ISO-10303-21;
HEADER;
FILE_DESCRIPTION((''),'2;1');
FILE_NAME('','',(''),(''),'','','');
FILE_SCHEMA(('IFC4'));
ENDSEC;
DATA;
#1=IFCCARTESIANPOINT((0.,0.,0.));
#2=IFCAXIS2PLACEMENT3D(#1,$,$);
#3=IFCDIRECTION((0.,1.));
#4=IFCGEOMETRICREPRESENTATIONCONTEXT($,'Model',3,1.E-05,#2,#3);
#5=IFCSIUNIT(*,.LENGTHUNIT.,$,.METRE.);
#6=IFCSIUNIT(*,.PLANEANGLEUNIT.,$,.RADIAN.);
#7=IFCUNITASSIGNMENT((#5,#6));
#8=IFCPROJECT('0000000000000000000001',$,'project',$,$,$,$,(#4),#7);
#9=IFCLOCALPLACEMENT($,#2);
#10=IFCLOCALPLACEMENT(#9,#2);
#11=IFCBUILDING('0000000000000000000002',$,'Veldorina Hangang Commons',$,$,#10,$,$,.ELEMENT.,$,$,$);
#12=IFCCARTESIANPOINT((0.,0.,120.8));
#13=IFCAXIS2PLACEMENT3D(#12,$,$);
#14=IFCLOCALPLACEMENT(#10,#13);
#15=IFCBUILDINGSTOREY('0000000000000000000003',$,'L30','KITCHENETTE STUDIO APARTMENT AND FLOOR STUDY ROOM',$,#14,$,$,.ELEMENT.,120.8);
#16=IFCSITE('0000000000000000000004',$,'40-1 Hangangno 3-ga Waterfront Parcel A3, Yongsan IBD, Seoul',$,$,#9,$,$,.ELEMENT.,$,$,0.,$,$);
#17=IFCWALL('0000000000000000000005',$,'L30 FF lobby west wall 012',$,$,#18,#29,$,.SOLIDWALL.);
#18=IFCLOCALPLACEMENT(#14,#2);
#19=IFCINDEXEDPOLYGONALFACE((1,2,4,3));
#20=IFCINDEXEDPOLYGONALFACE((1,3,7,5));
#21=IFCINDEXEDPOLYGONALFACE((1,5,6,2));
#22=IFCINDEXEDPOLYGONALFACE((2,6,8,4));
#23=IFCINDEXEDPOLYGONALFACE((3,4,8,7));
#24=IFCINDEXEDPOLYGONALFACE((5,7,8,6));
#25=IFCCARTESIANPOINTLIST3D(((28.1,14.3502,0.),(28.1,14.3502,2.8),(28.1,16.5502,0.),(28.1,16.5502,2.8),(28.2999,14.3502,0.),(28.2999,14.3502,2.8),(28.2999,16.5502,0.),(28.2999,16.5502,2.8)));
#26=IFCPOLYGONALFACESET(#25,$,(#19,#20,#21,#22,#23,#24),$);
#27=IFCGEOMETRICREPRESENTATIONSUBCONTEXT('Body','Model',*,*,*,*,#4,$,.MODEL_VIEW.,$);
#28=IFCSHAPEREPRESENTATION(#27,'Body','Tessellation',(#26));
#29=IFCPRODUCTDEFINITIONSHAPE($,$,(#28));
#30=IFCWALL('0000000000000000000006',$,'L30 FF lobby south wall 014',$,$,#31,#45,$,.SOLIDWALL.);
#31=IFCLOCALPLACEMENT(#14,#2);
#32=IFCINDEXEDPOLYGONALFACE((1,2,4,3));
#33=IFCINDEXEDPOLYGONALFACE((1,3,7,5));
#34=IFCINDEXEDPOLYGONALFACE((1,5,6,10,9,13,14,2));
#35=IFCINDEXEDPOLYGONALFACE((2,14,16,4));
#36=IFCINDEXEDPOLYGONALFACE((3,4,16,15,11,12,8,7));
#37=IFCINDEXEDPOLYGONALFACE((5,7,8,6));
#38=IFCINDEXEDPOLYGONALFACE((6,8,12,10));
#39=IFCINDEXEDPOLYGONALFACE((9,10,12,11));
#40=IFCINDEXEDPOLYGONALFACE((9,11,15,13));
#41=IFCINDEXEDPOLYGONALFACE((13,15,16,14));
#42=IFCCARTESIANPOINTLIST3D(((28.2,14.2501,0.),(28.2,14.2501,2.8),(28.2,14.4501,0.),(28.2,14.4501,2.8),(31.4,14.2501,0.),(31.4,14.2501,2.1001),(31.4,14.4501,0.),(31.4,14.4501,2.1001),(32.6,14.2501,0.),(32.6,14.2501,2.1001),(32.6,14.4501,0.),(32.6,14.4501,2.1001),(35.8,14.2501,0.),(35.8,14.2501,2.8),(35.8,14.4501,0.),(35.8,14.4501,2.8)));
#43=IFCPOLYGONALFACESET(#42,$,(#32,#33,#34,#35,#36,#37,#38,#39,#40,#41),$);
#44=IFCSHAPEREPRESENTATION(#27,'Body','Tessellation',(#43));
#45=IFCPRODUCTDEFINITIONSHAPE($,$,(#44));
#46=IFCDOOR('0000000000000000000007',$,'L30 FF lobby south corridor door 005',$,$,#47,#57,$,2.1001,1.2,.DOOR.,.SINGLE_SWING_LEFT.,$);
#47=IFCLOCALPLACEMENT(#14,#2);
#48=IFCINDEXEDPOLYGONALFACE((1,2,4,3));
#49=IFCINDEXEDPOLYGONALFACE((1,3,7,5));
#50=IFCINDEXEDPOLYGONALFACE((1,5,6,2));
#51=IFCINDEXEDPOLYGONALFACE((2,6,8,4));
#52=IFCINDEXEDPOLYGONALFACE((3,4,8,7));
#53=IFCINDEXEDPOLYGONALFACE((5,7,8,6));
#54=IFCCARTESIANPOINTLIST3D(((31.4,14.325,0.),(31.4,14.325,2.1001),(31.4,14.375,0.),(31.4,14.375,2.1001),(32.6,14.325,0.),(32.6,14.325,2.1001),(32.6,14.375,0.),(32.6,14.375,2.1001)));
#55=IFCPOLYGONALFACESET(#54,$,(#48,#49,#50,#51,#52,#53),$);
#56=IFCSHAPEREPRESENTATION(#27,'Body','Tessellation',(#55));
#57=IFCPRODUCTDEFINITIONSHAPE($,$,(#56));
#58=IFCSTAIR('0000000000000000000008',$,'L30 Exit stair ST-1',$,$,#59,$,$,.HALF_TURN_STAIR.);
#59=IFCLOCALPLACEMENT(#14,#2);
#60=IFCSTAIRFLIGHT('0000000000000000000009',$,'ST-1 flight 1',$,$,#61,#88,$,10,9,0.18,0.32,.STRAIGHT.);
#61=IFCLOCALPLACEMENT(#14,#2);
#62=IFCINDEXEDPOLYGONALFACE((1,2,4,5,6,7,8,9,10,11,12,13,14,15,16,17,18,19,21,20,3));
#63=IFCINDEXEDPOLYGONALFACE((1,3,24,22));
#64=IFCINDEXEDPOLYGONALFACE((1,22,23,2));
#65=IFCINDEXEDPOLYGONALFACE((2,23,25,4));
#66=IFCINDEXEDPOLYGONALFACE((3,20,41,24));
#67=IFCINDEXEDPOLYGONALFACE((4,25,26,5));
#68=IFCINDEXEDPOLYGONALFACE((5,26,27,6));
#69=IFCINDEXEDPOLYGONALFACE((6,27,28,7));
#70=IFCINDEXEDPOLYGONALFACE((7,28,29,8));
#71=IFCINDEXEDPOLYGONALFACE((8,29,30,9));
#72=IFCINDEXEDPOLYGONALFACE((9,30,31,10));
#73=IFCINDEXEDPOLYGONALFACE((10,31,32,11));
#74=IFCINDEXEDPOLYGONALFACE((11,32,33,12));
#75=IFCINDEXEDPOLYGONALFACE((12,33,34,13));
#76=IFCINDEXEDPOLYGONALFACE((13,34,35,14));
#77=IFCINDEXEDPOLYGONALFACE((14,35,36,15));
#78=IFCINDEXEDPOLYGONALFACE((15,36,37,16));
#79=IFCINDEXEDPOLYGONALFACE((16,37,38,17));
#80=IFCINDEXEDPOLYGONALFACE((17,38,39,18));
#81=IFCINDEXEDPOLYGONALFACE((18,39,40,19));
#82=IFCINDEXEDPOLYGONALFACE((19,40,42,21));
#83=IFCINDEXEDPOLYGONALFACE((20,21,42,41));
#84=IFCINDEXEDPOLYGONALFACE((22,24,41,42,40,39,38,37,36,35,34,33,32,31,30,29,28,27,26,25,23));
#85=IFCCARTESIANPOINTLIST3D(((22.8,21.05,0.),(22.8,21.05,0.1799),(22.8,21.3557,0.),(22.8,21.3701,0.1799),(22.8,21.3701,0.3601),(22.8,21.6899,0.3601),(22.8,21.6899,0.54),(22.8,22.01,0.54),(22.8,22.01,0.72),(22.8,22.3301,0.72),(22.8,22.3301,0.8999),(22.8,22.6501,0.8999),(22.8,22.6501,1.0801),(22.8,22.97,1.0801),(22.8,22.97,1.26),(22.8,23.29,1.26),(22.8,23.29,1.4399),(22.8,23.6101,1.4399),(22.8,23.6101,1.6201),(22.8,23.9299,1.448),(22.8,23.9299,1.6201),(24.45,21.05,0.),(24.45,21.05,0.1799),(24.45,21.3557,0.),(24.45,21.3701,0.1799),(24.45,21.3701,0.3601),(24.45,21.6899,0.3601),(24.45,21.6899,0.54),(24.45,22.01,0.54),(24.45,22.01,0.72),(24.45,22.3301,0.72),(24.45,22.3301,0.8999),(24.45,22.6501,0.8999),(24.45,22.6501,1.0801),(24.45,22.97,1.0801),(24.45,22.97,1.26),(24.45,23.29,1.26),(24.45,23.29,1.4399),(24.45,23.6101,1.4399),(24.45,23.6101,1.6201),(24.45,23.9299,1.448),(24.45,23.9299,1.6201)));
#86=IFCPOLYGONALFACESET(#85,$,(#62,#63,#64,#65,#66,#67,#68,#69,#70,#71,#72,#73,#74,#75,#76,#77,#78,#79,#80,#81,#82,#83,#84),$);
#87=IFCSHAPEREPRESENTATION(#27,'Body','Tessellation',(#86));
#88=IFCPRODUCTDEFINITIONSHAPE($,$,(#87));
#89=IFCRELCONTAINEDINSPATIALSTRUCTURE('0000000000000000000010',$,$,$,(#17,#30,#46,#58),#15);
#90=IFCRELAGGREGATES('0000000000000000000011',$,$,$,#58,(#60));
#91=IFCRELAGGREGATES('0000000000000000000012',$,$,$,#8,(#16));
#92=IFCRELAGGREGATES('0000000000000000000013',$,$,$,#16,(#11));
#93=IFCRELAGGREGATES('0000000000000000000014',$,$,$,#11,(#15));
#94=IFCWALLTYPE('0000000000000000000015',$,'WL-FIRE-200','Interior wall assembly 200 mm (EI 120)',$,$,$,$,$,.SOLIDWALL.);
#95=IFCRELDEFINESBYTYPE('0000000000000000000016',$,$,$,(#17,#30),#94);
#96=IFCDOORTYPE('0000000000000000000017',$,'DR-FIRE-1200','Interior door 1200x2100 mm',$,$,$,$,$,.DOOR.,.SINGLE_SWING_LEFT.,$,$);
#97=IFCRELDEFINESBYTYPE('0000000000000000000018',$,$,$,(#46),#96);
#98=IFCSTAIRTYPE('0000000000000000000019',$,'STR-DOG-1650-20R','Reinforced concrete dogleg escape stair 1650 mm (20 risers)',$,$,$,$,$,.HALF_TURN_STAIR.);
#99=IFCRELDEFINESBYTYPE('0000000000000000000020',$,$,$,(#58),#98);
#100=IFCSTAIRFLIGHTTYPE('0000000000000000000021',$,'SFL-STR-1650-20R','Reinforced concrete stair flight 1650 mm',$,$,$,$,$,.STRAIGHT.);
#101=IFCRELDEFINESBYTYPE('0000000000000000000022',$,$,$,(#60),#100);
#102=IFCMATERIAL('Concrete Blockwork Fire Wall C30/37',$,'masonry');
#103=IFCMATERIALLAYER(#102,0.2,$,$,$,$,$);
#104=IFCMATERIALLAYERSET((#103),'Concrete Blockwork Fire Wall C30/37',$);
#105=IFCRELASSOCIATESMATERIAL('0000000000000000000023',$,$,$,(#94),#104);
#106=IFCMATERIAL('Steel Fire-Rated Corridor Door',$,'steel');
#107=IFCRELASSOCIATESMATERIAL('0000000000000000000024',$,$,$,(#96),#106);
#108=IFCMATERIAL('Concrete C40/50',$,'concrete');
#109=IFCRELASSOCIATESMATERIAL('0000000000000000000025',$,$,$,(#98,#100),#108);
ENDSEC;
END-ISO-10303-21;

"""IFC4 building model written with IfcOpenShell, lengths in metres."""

from ifc_helpers import new_model, si_unit, direction, frame, frame_2d, origin, place, context, subcontext, project, spatial, polyline, rectangle, outline, extrude, material, layer, layer_set, type_object, element, fill, aggregate, save


model = new_model("IFC4")

# Units and contexts
model_context = context("Model", 3, precision=1e-05, world=origin(), true_north=direction((0.0, 1.0)))
body_context = subcontext(model_context, "Body", "Model", "MODEL_VIEW")
ifc_project = project(units=[si_unit("LENGTHUNIT", "METRE"), si_unit("PLANEANGLEUNIT", "RADIAN")], contexts=[model_context])

# Site, building, storey
site_placement = place(None, origin())
site = spatial("IfcSite", under=ifc_project, at=site_placement, Name="40-1 Hangangno 3-ga Waterfront Parcel A3, Yongsan IBD, Seoul", CompositionType="ELEMENT", RefElevation=0.0)
building_placement = place(site_placement, origin())
building = spatial("IfcBuilding", under=site, at=building_placement, Name="Veldorina Hangang Commons", CompositionType="ELEMENT")
storey_placement = place(building_placement, frame((0.0, 0.0, 120.8)))
storey = spatial("IfcBuildingStorey", under=building, at=storey_placement, Name="L30", Description="KITCHENETTE STUDIO APARTMENT AND FLOOR STUDY ROOM", CompositionType="ELEMENT", Elevation=120.8)

# Wall
ifc_material_1 = material(Name="Concrete Blockwork Fire Wall C30/37", Category="masonry")
ifc_layer_1 = layer(ifc_material_1, 0.2)
ifc_layer_set_1 = layer_set([ifc_layer_1], Name="Concrete Blockwork Fire Wall C30/37")
wall_type_1 = type_object("IfcWallType", Name="WL-FIRE-200", Description="Interior wall assembly 200 mm (EI 120)", PredefinedType="SOLIDWALL", material=ifc_layer_set_1)
wall_1_placement = place(storey_placement, frame((28.2, 14.3501, 0.0), z_axis=(0.0, 0.0, 1.0), x_axis=(0.0, 1.0, 0.0)))
element("IfcWall", 1, at=wall_1_placement, inside=storey, type_object=wall_type_1, Name="L30 FF lobby west wall 012", PredefinedType="SOLIDWALL", context=body_context, shape_type="SweptSolid", body=[
    extrude(rectangle(XDim=2.2, YDim=0.2, at=frame_2d((1.1001, 0.0))), origin(), (0.0, 0.0, 1.0), 2.8),
])

# Wall, opening, door
wall_2_placement = place(storey_placement, frame((28.2, 14.3501, 0.0), z_axis=(0.0, 0.0, 1.0), x_axis=(1.0, 0.0, 0.0)))
wall_2 = element("IfcWall", 2, at=wall_2_placement, inside=storey, type_object=wall_type_1, Name="L30 FF lobby south wall 014", PredefinedType="SOLIDWALL", context=body_context, shape_type="SweptSolid", body=[
    extrude(rectangle(XDim=7.6001, YDim=0.2, at=frame_2d((3.8, 0.0))), origin(), (0.0, 0.0, 1.0), 2.8),
])
opening_1_placement = place(wall_2_placement, frame((3.2, 0.0, 0.0)))
opening_1 = element("IfcOpeningElement", 3, at=opening_1_placement, cuts=wall_2, PredefinedType="OPENING", context=body_context, shape_type="SweptSolid", body=[
    extrude(rectangle(XDim=1.2, YDim=2.1001, at=frame_2d((0.6001, 1.05))), frame((0.0, 0.1099, 0.0), z_axis=(0.0, -1.0, 0.0), x_axis=(1.0, 0.0, 0.0)), (0.0, 0.0, 1.0), 0.22),
])
ifc_material_2 = material(Name="Steel Fire-Rated Corridor Door", Category="steel")
door_type_1 = type_object("IfcDoorType", Name="DR-FIRE-1200", Description="Interior door 1200x2100 mm", OperationType="SINGLE_SWING_LEFT", PredefinedType="DOOR", material=ifc_material_2)
door_1_placement = place(opening_1_placement, origin())
door_1 = element("IfcDoor", 4, at=door_1_placement, inside=storey, type_object=door_type_1, Name="L30 FF lobby south corridor door 005", OperationType="SINGLE_SWING_LEFT", OverallHeight=2.1001, OverallWidth=1.2, PredefinedType="DOOR", context=body_context, shape_type="SweptSolid", body=[
    extrude(rectangle(XDim=1.2, YDim=2.1001, at=frame_2d((0.6001, 1.05))), frame((0.0, 0.0249, 0.0), z_axis=(0.0, -1.0, 0.0), x_axis=(1.0, 0.0, 0.0)), (0.0, 0.0, 1.0), 0.05),
])
fill(opening_1, door_1)

# Stair, stair flight
ifc_material_3 = material(Name="Concrete C40/50", Category="concrete")
stair_type = type_object("IfcStairType", Name="STR-DOG-1650-20R", Description="Reinforced concrete dogleg escape stair 1650 mm (20 risers)", PredefinedType="HALF_TURN_STAIR", material=ifc_material_3)
stair_placement = place(storey_placement, origin())
stair = element("IfcStair", 5, at=stair_placement, inside=storey, type_object=stair_type, Name="L30 Exit stair ST-1", PredefinedType="HALF_TURN_STAIR")
stair_flight_type = type_object("IfcStairFlightType", Name="SFL-STR-1650-20R", Description="Reinforced concrete stair flight 1650 mm", PredefinedType="STRAIGHT", material=ifc_material_3)
stair_flight_placement = place(storey_placement, frame((23.625, 21.05, 0.0), z_axis=(0.0, 0.0, 1.0), x_axis=(0.0, 1.0, 0.0)))
stair_flight = element("IfcStairFlight", 6, at=stair_flight_placement, type_object=stair_flight_type, Name="ST-1 flight 1", NumberOfRisers=10, NumberOfTreads=9, PredefinedType="STRAIGHT", RiserHeight=0.18, TreadLength=0.32, context=body_context, shape_type="SweptSolid", body=[
    extrude(outline(polyline([(0.0, 0.0), (0.0, 0.1799), (0.3201, 0.1799), (0.3201, 0.3601), (0.6399, 0.3601), (0.6399, 0.54), (0.96, 0.54), (0.96, 0.72), (1.28, 0.72), (1.28, 0.8999), (1.6001, 0.8999), (1.6001, 1.0801), (1.9199, 1.0801), (1.9199, 1.26), (2.24, 1.26), (2.24, 1.4399), (2.5601, 1.4399), (2.5601, 1.6201), (2.8799, 1.6201), (2.8799, 1.8), (2.8799, 1.448), (0.3057, 0.0), (0.0, 0.0)])), frame((0.0, 0.825, 0.0), z_axis=(0.0, -1.0, 0.0), x_axis=(1.0, 0.0, 0.0)), (0.0, 0.0, 1.0), 1.6499),
])
aggregate(stair, [stair_flight])

save(model, "model.ifc")
